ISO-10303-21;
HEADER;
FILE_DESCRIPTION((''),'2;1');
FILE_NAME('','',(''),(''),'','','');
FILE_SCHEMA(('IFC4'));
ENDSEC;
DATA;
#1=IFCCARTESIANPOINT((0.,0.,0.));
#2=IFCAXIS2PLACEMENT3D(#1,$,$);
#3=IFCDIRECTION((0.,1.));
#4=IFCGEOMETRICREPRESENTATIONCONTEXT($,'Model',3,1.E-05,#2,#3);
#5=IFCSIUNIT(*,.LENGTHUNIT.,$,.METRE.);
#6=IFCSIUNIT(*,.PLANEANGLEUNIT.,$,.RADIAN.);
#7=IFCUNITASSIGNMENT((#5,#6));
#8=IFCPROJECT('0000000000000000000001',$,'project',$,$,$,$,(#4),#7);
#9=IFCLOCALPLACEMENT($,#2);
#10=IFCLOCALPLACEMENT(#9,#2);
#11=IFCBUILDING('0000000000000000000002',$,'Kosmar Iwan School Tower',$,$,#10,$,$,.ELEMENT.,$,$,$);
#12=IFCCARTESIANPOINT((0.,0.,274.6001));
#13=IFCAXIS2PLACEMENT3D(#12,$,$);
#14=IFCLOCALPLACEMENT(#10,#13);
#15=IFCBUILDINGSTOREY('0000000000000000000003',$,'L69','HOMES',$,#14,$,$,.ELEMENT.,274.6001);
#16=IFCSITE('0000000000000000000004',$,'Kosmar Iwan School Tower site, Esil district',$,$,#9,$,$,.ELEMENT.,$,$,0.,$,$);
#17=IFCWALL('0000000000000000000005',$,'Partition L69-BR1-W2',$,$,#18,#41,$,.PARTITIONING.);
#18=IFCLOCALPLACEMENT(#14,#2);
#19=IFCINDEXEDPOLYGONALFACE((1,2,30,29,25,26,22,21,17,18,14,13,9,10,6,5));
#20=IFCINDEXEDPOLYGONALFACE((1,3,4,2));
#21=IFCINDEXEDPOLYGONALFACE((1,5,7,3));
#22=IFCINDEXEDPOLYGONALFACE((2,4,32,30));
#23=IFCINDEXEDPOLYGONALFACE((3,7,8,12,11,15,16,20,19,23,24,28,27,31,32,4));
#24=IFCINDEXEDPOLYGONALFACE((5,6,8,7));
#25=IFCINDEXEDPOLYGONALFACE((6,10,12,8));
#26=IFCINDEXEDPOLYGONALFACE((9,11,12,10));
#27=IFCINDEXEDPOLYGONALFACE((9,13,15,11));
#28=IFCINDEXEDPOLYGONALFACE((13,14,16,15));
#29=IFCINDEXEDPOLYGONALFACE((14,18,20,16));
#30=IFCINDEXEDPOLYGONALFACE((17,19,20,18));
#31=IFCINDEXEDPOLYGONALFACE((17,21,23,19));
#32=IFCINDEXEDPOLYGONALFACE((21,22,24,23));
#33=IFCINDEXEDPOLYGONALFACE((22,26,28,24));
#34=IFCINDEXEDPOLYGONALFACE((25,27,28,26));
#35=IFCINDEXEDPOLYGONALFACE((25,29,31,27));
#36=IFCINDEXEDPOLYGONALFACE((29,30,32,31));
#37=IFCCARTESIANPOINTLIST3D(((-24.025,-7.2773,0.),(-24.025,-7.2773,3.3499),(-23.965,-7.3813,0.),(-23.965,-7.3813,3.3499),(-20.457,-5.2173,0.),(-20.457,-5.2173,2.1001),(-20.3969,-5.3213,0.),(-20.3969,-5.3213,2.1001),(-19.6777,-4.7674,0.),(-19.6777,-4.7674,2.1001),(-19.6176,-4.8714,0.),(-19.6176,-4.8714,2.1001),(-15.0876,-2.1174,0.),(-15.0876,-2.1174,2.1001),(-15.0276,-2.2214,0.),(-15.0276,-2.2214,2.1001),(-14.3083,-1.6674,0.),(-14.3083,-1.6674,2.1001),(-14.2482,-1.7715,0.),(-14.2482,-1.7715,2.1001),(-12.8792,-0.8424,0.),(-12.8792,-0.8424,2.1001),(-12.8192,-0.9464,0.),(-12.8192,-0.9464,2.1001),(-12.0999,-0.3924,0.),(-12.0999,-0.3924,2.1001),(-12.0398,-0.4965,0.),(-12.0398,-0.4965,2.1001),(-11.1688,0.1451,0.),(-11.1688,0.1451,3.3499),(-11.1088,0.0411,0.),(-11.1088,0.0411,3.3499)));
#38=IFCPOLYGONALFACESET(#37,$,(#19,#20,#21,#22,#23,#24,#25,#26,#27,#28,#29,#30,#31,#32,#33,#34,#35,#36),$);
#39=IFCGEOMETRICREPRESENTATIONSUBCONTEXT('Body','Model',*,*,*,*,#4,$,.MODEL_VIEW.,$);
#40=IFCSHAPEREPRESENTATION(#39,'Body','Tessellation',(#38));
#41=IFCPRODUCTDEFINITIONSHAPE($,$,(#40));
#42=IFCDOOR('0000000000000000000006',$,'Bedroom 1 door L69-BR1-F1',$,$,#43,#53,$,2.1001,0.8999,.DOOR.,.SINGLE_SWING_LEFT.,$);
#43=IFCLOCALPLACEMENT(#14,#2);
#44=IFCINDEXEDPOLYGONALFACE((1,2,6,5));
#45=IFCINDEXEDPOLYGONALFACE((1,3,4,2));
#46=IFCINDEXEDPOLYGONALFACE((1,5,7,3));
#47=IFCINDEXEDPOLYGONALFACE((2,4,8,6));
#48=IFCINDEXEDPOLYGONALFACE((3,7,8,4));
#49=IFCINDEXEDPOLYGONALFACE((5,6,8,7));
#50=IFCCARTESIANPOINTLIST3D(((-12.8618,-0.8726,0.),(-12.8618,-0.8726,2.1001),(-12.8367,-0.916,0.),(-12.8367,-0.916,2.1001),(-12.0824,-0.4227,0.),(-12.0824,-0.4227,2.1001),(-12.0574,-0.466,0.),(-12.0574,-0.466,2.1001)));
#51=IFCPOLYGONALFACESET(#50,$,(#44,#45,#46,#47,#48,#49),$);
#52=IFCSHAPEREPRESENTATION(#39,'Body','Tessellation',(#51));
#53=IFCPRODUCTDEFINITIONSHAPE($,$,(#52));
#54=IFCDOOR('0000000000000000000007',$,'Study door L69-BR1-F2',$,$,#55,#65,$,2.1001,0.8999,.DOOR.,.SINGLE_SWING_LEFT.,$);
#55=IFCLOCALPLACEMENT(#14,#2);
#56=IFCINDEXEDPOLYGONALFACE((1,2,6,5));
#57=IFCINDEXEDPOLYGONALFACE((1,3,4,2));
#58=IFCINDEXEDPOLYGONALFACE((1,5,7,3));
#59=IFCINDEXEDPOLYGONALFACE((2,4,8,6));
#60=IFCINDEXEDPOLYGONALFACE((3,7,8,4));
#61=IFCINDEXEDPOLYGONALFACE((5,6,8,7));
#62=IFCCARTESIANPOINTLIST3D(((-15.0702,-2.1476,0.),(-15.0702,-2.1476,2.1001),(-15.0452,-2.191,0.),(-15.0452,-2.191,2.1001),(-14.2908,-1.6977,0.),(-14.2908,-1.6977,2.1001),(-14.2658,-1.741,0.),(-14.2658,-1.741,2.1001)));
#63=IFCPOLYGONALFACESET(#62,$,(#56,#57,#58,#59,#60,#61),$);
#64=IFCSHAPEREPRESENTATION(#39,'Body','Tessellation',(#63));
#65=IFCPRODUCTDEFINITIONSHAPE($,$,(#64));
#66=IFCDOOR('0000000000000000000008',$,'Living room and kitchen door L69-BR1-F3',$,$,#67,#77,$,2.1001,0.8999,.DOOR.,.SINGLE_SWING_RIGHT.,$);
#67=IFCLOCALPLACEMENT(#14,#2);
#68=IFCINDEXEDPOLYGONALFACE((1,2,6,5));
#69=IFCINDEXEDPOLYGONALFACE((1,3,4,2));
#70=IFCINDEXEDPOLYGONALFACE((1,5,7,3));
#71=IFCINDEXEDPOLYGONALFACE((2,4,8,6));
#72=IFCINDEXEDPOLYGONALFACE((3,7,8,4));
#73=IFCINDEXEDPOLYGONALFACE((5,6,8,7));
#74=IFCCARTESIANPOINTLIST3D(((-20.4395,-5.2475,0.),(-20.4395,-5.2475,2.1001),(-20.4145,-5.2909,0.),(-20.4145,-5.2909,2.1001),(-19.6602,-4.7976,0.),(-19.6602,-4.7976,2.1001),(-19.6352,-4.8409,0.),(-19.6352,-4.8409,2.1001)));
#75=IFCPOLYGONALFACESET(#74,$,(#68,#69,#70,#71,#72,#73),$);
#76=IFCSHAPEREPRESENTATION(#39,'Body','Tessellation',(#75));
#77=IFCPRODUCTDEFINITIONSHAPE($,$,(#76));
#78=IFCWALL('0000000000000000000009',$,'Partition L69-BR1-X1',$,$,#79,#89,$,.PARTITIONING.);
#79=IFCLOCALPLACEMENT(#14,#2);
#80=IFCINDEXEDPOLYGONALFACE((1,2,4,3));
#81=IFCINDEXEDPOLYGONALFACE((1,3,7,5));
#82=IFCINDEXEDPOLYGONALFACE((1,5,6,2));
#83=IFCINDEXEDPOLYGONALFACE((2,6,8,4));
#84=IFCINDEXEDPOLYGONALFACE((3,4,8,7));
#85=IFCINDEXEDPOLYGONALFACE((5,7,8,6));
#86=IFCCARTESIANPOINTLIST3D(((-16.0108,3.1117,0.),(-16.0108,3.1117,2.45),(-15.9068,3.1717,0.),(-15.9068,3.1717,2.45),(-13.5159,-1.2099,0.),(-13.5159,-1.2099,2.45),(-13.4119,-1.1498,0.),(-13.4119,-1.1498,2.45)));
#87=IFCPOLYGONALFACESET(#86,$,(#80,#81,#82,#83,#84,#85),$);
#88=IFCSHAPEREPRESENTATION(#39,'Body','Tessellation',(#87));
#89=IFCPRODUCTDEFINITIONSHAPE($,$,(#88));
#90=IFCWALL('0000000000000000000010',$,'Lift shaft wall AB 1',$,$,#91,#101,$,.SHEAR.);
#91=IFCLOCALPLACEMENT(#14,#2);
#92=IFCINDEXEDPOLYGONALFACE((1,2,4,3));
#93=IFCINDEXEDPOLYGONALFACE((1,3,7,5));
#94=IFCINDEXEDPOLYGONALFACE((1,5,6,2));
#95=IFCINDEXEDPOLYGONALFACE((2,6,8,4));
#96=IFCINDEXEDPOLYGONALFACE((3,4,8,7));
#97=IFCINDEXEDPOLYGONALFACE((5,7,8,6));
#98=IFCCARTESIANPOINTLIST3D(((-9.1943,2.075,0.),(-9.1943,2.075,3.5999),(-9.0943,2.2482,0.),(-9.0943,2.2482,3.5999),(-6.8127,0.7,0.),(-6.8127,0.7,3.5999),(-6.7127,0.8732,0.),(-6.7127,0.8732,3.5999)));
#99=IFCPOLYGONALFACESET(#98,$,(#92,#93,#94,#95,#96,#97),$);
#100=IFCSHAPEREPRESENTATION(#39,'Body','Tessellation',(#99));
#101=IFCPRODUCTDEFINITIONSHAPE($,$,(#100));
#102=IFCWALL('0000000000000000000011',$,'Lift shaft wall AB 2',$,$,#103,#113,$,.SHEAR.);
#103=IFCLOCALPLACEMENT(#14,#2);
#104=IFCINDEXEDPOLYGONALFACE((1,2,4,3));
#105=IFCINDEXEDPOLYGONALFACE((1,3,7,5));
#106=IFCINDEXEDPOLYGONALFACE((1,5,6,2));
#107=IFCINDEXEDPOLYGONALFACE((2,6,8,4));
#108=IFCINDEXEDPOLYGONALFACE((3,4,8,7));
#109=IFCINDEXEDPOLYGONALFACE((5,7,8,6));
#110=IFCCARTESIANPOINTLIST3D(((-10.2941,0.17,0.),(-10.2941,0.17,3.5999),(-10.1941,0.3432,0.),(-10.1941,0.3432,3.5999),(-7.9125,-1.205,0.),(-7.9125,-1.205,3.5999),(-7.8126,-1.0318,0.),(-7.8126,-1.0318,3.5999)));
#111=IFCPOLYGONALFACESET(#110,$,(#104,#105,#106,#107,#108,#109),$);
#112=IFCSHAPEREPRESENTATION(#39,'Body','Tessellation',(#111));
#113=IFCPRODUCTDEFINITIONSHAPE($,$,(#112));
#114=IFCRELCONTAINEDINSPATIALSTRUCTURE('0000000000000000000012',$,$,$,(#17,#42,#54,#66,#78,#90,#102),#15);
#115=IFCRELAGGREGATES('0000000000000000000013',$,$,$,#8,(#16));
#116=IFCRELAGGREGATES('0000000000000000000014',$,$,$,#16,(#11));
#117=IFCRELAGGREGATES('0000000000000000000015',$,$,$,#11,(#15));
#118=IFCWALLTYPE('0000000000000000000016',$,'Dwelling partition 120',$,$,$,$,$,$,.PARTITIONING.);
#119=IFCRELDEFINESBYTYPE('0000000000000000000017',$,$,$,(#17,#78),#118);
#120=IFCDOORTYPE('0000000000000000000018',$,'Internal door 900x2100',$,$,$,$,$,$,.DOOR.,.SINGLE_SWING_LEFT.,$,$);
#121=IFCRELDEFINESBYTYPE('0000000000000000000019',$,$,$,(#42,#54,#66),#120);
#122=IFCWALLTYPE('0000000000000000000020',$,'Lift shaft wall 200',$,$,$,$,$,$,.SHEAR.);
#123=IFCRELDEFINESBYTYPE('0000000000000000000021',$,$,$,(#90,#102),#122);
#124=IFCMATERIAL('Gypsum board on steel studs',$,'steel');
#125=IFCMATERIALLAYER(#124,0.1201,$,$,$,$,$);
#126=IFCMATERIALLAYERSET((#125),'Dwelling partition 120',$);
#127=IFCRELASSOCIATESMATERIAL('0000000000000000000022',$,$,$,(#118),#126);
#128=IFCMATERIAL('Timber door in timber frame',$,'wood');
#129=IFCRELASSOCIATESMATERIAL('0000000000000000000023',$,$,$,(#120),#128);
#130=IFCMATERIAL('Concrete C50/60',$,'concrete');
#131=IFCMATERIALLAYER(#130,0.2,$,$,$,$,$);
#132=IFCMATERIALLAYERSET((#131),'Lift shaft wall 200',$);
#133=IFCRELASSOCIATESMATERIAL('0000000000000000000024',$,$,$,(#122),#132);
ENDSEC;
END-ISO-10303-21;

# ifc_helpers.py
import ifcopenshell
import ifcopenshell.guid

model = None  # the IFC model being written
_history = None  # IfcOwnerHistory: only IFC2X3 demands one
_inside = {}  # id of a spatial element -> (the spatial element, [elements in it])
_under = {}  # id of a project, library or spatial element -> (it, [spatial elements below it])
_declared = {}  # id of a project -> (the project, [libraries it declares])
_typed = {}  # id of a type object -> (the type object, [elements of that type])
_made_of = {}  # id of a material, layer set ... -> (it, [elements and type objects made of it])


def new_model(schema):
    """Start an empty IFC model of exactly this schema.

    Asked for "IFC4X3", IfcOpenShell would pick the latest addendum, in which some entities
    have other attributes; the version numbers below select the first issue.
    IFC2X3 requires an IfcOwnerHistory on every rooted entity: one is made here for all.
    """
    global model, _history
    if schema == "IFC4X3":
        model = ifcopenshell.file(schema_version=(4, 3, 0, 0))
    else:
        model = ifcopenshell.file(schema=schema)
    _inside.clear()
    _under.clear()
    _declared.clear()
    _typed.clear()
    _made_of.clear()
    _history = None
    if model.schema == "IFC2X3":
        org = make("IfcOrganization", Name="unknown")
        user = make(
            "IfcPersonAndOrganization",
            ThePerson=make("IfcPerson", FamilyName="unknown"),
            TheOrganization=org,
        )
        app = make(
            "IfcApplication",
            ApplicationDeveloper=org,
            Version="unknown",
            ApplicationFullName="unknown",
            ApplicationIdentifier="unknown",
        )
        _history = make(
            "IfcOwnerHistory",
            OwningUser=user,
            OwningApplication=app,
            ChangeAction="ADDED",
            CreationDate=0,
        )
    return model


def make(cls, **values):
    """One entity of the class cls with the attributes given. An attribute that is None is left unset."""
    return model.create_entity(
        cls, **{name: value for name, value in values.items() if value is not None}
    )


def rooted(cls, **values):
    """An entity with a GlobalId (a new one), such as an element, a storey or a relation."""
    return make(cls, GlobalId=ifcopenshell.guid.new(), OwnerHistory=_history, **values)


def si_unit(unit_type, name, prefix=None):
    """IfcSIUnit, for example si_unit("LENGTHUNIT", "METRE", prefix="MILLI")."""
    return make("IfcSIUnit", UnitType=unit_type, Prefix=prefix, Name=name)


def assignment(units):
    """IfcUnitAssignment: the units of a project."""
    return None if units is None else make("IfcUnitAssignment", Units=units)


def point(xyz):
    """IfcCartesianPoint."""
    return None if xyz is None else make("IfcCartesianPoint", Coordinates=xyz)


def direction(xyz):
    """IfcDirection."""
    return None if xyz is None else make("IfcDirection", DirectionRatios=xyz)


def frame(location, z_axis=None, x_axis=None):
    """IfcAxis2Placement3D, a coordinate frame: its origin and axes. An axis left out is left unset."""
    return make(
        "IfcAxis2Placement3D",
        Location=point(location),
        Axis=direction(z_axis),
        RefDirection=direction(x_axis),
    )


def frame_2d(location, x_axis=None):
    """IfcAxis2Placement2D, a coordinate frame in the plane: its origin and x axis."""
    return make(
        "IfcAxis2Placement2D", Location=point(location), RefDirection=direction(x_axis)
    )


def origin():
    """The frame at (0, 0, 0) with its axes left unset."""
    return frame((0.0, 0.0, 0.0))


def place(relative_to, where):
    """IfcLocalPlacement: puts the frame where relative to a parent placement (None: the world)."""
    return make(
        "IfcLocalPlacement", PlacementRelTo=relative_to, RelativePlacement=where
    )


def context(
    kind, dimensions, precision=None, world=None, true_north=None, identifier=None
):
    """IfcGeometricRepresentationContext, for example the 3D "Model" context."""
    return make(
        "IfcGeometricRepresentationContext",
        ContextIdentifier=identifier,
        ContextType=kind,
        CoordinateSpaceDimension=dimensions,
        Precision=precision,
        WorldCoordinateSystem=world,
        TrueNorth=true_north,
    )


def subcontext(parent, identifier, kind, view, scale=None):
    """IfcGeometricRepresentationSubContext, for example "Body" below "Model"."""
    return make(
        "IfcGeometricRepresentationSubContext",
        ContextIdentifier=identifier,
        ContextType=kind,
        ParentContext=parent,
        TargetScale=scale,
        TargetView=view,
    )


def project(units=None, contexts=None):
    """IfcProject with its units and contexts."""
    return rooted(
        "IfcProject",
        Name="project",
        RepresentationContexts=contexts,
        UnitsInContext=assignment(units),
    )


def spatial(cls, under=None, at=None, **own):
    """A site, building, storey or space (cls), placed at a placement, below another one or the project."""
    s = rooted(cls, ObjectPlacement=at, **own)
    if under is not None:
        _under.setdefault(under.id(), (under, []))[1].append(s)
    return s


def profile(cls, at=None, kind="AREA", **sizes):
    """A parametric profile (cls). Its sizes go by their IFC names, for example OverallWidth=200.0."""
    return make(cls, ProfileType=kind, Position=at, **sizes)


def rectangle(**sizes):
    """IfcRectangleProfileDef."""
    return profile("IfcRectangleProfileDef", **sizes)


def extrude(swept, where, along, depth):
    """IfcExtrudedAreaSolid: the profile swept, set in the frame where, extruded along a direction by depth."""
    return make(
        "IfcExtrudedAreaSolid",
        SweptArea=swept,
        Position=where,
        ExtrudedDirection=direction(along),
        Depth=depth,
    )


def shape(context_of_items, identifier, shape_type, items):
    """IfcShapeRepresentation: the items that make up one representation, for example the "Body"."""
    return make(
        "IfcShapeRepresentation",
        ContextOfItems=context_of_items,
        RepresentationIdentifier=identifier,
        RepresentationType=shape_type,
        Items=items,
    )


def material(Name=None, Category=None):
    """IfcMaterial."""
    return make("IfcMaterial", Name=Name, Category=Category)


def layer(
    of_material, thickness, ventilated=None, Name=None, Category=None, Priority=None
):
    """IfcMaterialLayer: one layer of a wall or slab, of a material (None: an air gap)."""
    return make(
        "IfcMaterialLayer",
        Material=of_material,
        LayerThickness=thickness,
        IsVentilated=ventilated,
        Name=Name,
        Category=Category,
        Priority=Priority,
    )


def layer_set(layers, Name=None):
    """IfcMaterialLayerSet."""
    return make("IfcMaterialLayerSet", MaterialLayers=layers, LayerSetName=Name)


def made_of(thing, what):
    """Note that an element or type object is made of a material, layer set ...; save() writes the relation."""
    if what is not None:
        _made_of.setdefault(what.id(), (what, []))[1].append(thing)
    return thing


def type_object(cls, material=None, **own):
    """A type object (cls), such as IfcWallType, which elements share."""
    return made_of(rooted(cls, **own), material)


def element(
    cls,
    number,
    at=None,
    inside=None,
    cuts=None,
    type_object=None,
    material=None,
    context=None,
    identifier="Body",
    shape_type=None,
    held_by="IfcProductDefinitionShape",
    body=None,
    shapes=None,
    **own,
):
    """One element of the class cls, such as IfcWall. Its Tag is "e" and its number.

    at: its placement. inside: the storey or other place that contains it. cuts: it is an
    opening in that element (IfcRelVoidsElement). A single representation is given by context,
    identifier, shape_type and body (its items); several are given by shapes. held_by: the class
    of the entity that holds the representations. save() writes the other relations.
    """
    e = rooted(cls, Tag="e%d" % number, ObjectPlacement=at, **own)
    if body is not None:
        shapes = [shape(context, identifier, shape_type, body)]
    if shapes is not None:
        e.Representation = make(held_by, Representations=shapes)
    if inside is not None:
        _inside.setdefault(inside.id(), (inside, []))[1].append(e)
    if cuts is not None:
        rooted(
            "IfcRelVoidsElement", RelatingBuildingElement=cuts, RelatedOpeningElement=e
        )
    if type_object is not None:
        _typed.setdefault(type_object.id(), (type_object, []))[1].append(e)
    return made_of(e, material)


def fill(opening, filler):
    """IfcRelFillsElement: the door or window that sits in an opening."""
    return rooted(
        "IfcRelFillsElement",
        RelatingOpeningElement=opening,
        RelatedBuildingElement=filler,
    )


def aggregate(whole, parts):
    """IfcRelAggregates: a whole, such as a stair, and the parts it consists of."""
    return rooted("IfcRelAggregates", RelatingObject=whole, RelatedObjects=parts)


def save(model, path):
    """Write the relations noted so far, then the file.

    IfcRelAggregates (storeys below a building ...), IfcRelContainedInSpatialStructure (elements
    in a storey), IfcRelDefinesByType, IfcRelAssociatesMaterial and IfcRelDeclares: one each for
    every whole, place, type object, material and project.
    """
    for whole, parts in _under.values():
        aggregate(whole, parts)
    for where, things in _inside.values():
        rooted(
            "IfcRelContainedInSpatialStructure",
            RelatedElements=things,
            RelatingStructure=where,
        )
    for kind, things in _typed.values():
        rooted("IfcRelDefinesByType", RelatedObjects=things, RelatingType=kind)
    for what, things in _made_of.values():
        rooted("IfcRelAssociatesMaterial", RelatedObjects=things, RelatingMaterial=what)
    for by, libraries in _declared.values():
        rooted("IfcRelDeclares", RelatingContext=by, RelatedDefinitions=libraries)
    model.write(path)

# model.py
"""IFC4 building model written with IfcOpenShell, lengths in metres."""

from ifc_helpers import new_model, si_unit, direction, frame, frame_2d, origin, place, context, subcontext, project, spatial, rectangle, extrude, material, layer, layer_set, type_object, element, fill, save


model = new_model("IFC4")

# Units and contexts
model_context = context("Model", 3, precision=1e-05, world=origin(), true_north=direction((0.0, 1.0)))
body_context = subcontext(model_context, "Body", "Model", "MODEL_VIEW")
ifc_project = project(units=[si_unit("LENGTHUNIT", "METRE"), si_unit("PLANEANGLEUNIT", "RADIAN")], contexts=[model_context])

# Site, building, storey
site_placement = place(None, origin())
site = spatial("IfcSite", under=ifc_project, at=site_placement, Name="Kosmar Iwan School Tower site, Esil district", CompositionType="ELEMENT", RefElevation=0.0)
building_placement = place(site_placement, origin())
building = spatial("IfcBuilding", under=site, at=building_placement, Name="Kosmar Iwan School Tower", CompositionType="ELEMENT")
storey_placement = place(building_placement, frame((0.0, 0.0, 274.6001)))
storey = spatial("IfcBuildingStorey", under=building, at=storey_placement, Name="L69", Description="HOMES", CompositionType="ELEMENT", Elevation=274.6001)

# Wall, openings, doors
ifc_material_1 = material(Name="Gypsum board on steel studs", Category="steel")
ifc_layer_1 = layer(ifc_material_1, 0.1201)
ifc_layer_set_1 = layer_set([ifc_layer_1], Name="Dwelling partition 120")
wall_type_1 = type_object("IfcWallType", Name="Dwelling partition 120", PredefinedType="PARTITIONING", material=ifc_layer_set_1)
ifc_material_2 = material(Name="Timber door in timber frame", Category="wood")
door_type_1 = type_object("IfcDoorType", Name="Internal door 900x2100", OperationType="SINGLE_SWING_LEFT", PredefinedType="DOOR", material=ifc_material_2)
wall_1_placement = place(storey_placement, frame((-11.1389, 0.093, 0.0), z_axis=(0.0, 0.0, 1.0), x_axis=(-0.86603, -0.499992, 0.0)))
wall_1 = element("IfcWall", 1, at=wall_1_placement, inside=storey, type_object=wall_type_1, Name="Partition L69-BR1-W2", PredefinedType="PARTITIONING", context=body_context, shape_type="SweptSolid", body=[
    extrude(rectangle(XDim=14.845, YDim=0.1201, at=frame_2d((7.4224, 0.0))), origin(), (0.0, 0.0, 1.0), 3.3499),
])
opening_1_placement = place(wall_1_placement, frame((1.075, 0.0, 0.0)))
opening_1 = element("IfcOpeningElement", 2, at=opening_1_placement, cuts=wall_1, PredefinedType="OPENING", context=body_context, shape_type="SweptSolid", body=[
    extrude(rectangle(XDim=0.8999, YDim=2.1001, at=frame_2d((0.45, 1.05))), frame((0.0, 0.072, 0.0), z_axis=(0.0, -1.0, 0.0), x_axis=(1.0, 0.0, 0.0)), (0.0, 0.0, 1.0), 0.144),
])
opening_2_placement = place(wall_1_placement, frame((3.625, 0.0, 0.0)))
opening_2 = element("IfcOpeningElement", 3, at=opening_2_placement, cuts=wall_1, PredefinedType="OPENING", context=body_context, shape_type="SweptSolid", body=[
    extrude(rectangle(XDim=0.8999, YDim=2.1001, at=frame_2d((0.45, 1.05))), frame((0.0, 0.072, 0.0), z_axis=(0.0, -1.0, 0.0), x_axis=(1.0, 0.0, 0.0)), (0.0, 0.0, 1.0), 0.144),
])
opening_3_placement = place(wall_1_placement, frame((9.825, 0.0, 0.0)))
opening_3 = element("IfcOpeningElement", 4, at=opening_3_placement, cuts=wall_1, PredefinedType="OPENING", context=body_context, shape_type="SweptSolid", body=[
    extrude(rectangle(XDim=0.8999, YDim=2.1001, at=frame_2d((0.45, 1.05))), frame((0.0, 0.072, 0.0), z_axis=(0.0, -1.0, 0.0), x_axis=(1.0, 0.0, 0.0)), (0.0, 0.0, 1.0), 0.144),
])
door_1_placement = place(opening_1_placement, origin())
door_1 = element("IfcDoor", 5, at=door_1_placement, inside=storey, type_object=door_type_1, Name="Bedroom 1 door L69-BR1-F1", OperationType="SINGLE_SWING_LEFT", OverallHeight=2.1001, OverallWidth=0.8999, PredefinedType="DOOR", context=body_context, shape_type="SweptSolid", body=[
    extrude(rectangle(XDim=0.8999, YDim=2.1001, at=frame_2d((0.45, 1.05))), frame((0.0, 0.0249, 0.0), z_axis=(0.0, -1.0, 0.0), x_axis=(1.0, 0.0, 0.0)), (0.0, 0.0, 1.0), 0.05),
])
fill(opening_1, door_1)
door_2_placement = place(opening_2_placement, origin())
door_2 = element("IfcDoor", 6, at=door_2_placement, inside=storey, type_object=door_type_1, Name="Study door L69-BR1-F2", OperationType="SINGLE_SWING_LEFT", OverallHeight=2.1001, OverallWidth=0.8999, PredefinedType="DOOR", context=body_context, shape_type="SweptSolid", body=[
    extrude(rectangle(XDim=0.8999, YDim=2.1001, at=frame_2d((0.45, 1.05))), frame((0.0, 0.0249, 0.0), z_axis=(0.0, -1.0, 0.0), x_axis=(1.0, 0.0, 0.0)), (0.0, 0.0, 1.0), 0.05),
])
fill(opening_2, door_2)
door_3_placement = place(opening_3_placement, origin())
door_3 = element("IfcDoor", 7, at=door_3_placement, inside=storey, type_object=door_type_1, Name="Living room and kitchen door L69-BR1-F3", OperationType="SINGLE_SWING_RIGHT", OverallHeight=2.1001, OverallWidth=0.8999, PredefinedType="DOOR", context=body_context, shape_type="SweptSolid", body=[
    extrude(rectangle(XDim=0.8999, YDim=2.1001, at=frame_2d((0.45, 1.05))), frame((0.0, 0.0249, 0.0), z_axis=(0.0, -1.0, 0.0), x_axis=(1.0, 0.0, 0.0)), (0.0, 0.0, 1.0), 0.05),
])
fill(opening_3, door_3)

# Walls
wall_2_placement = place(storey_placement, frame((-13.4639, -1.1799, 0.0), z_axis=(0.0, 0.0, 1.0), x_axis=(-0.499975, 0.86604, 0.0)))
element("IfcWall", 8, at=wall_2_placement, inside=storey, type_object=wall_type_1, Name="Partition L69-BR1-X1", PredefinedType="PARTITIONING", context=body_context, shape_type="SweptSolid", body=[
    extrude(rectangle(XDim=4.99, YDim=0.1201, at=frame_2d((2.4951, 0.0))), origin(), (0.0, 0.0, 1.0), 2.45),
])
ifc_material_3 = material(Name="Concrete C50/60", Category="concrete")
ifc_layer_2 = layer(ifc_material_3, 0.2)
ifc_layer_set_2 = layer_set([ifc_layer_2], Name="Lift shaft wall 200")
wall_type_2 = type_object("IfcWallType", Name="Lift shaft wall 200", PredefinedType="SHEAR", material=ifc_layer_set_2)
for number, where, z_axis, x_axis, name in (
    (9, (-6.7627, 0.7866, 0.0), (0.0, 0.0, 1.0), (-0.866027, 0.499997, 0.0), "Lift shaft wall AB 1"),
    (10, (-7.8625, -1.1184, 0.0), (0.0, 0.0, 1.0), (-0.866027, 0.499997, 0.0), "Lift shaft wall AB 2"),
):
    element("IfcWall", number, at=place(storey_placement, frame(where, z_axis=z_axis, x_axis=x_axis)), inside=storey, type_object=wall_type_2, Name=name, PredefinedType="SHEAR", context=body_context, shape_type="SweptSolid", body=[
        extrude(rectangle(XDim=2.75, YDim=0.2, at=frame_2d((1.375, 0.0))), origin(), (0.0, 0.0, 1.0), 3.5999),
    ])

save(model, "model.ifc")
